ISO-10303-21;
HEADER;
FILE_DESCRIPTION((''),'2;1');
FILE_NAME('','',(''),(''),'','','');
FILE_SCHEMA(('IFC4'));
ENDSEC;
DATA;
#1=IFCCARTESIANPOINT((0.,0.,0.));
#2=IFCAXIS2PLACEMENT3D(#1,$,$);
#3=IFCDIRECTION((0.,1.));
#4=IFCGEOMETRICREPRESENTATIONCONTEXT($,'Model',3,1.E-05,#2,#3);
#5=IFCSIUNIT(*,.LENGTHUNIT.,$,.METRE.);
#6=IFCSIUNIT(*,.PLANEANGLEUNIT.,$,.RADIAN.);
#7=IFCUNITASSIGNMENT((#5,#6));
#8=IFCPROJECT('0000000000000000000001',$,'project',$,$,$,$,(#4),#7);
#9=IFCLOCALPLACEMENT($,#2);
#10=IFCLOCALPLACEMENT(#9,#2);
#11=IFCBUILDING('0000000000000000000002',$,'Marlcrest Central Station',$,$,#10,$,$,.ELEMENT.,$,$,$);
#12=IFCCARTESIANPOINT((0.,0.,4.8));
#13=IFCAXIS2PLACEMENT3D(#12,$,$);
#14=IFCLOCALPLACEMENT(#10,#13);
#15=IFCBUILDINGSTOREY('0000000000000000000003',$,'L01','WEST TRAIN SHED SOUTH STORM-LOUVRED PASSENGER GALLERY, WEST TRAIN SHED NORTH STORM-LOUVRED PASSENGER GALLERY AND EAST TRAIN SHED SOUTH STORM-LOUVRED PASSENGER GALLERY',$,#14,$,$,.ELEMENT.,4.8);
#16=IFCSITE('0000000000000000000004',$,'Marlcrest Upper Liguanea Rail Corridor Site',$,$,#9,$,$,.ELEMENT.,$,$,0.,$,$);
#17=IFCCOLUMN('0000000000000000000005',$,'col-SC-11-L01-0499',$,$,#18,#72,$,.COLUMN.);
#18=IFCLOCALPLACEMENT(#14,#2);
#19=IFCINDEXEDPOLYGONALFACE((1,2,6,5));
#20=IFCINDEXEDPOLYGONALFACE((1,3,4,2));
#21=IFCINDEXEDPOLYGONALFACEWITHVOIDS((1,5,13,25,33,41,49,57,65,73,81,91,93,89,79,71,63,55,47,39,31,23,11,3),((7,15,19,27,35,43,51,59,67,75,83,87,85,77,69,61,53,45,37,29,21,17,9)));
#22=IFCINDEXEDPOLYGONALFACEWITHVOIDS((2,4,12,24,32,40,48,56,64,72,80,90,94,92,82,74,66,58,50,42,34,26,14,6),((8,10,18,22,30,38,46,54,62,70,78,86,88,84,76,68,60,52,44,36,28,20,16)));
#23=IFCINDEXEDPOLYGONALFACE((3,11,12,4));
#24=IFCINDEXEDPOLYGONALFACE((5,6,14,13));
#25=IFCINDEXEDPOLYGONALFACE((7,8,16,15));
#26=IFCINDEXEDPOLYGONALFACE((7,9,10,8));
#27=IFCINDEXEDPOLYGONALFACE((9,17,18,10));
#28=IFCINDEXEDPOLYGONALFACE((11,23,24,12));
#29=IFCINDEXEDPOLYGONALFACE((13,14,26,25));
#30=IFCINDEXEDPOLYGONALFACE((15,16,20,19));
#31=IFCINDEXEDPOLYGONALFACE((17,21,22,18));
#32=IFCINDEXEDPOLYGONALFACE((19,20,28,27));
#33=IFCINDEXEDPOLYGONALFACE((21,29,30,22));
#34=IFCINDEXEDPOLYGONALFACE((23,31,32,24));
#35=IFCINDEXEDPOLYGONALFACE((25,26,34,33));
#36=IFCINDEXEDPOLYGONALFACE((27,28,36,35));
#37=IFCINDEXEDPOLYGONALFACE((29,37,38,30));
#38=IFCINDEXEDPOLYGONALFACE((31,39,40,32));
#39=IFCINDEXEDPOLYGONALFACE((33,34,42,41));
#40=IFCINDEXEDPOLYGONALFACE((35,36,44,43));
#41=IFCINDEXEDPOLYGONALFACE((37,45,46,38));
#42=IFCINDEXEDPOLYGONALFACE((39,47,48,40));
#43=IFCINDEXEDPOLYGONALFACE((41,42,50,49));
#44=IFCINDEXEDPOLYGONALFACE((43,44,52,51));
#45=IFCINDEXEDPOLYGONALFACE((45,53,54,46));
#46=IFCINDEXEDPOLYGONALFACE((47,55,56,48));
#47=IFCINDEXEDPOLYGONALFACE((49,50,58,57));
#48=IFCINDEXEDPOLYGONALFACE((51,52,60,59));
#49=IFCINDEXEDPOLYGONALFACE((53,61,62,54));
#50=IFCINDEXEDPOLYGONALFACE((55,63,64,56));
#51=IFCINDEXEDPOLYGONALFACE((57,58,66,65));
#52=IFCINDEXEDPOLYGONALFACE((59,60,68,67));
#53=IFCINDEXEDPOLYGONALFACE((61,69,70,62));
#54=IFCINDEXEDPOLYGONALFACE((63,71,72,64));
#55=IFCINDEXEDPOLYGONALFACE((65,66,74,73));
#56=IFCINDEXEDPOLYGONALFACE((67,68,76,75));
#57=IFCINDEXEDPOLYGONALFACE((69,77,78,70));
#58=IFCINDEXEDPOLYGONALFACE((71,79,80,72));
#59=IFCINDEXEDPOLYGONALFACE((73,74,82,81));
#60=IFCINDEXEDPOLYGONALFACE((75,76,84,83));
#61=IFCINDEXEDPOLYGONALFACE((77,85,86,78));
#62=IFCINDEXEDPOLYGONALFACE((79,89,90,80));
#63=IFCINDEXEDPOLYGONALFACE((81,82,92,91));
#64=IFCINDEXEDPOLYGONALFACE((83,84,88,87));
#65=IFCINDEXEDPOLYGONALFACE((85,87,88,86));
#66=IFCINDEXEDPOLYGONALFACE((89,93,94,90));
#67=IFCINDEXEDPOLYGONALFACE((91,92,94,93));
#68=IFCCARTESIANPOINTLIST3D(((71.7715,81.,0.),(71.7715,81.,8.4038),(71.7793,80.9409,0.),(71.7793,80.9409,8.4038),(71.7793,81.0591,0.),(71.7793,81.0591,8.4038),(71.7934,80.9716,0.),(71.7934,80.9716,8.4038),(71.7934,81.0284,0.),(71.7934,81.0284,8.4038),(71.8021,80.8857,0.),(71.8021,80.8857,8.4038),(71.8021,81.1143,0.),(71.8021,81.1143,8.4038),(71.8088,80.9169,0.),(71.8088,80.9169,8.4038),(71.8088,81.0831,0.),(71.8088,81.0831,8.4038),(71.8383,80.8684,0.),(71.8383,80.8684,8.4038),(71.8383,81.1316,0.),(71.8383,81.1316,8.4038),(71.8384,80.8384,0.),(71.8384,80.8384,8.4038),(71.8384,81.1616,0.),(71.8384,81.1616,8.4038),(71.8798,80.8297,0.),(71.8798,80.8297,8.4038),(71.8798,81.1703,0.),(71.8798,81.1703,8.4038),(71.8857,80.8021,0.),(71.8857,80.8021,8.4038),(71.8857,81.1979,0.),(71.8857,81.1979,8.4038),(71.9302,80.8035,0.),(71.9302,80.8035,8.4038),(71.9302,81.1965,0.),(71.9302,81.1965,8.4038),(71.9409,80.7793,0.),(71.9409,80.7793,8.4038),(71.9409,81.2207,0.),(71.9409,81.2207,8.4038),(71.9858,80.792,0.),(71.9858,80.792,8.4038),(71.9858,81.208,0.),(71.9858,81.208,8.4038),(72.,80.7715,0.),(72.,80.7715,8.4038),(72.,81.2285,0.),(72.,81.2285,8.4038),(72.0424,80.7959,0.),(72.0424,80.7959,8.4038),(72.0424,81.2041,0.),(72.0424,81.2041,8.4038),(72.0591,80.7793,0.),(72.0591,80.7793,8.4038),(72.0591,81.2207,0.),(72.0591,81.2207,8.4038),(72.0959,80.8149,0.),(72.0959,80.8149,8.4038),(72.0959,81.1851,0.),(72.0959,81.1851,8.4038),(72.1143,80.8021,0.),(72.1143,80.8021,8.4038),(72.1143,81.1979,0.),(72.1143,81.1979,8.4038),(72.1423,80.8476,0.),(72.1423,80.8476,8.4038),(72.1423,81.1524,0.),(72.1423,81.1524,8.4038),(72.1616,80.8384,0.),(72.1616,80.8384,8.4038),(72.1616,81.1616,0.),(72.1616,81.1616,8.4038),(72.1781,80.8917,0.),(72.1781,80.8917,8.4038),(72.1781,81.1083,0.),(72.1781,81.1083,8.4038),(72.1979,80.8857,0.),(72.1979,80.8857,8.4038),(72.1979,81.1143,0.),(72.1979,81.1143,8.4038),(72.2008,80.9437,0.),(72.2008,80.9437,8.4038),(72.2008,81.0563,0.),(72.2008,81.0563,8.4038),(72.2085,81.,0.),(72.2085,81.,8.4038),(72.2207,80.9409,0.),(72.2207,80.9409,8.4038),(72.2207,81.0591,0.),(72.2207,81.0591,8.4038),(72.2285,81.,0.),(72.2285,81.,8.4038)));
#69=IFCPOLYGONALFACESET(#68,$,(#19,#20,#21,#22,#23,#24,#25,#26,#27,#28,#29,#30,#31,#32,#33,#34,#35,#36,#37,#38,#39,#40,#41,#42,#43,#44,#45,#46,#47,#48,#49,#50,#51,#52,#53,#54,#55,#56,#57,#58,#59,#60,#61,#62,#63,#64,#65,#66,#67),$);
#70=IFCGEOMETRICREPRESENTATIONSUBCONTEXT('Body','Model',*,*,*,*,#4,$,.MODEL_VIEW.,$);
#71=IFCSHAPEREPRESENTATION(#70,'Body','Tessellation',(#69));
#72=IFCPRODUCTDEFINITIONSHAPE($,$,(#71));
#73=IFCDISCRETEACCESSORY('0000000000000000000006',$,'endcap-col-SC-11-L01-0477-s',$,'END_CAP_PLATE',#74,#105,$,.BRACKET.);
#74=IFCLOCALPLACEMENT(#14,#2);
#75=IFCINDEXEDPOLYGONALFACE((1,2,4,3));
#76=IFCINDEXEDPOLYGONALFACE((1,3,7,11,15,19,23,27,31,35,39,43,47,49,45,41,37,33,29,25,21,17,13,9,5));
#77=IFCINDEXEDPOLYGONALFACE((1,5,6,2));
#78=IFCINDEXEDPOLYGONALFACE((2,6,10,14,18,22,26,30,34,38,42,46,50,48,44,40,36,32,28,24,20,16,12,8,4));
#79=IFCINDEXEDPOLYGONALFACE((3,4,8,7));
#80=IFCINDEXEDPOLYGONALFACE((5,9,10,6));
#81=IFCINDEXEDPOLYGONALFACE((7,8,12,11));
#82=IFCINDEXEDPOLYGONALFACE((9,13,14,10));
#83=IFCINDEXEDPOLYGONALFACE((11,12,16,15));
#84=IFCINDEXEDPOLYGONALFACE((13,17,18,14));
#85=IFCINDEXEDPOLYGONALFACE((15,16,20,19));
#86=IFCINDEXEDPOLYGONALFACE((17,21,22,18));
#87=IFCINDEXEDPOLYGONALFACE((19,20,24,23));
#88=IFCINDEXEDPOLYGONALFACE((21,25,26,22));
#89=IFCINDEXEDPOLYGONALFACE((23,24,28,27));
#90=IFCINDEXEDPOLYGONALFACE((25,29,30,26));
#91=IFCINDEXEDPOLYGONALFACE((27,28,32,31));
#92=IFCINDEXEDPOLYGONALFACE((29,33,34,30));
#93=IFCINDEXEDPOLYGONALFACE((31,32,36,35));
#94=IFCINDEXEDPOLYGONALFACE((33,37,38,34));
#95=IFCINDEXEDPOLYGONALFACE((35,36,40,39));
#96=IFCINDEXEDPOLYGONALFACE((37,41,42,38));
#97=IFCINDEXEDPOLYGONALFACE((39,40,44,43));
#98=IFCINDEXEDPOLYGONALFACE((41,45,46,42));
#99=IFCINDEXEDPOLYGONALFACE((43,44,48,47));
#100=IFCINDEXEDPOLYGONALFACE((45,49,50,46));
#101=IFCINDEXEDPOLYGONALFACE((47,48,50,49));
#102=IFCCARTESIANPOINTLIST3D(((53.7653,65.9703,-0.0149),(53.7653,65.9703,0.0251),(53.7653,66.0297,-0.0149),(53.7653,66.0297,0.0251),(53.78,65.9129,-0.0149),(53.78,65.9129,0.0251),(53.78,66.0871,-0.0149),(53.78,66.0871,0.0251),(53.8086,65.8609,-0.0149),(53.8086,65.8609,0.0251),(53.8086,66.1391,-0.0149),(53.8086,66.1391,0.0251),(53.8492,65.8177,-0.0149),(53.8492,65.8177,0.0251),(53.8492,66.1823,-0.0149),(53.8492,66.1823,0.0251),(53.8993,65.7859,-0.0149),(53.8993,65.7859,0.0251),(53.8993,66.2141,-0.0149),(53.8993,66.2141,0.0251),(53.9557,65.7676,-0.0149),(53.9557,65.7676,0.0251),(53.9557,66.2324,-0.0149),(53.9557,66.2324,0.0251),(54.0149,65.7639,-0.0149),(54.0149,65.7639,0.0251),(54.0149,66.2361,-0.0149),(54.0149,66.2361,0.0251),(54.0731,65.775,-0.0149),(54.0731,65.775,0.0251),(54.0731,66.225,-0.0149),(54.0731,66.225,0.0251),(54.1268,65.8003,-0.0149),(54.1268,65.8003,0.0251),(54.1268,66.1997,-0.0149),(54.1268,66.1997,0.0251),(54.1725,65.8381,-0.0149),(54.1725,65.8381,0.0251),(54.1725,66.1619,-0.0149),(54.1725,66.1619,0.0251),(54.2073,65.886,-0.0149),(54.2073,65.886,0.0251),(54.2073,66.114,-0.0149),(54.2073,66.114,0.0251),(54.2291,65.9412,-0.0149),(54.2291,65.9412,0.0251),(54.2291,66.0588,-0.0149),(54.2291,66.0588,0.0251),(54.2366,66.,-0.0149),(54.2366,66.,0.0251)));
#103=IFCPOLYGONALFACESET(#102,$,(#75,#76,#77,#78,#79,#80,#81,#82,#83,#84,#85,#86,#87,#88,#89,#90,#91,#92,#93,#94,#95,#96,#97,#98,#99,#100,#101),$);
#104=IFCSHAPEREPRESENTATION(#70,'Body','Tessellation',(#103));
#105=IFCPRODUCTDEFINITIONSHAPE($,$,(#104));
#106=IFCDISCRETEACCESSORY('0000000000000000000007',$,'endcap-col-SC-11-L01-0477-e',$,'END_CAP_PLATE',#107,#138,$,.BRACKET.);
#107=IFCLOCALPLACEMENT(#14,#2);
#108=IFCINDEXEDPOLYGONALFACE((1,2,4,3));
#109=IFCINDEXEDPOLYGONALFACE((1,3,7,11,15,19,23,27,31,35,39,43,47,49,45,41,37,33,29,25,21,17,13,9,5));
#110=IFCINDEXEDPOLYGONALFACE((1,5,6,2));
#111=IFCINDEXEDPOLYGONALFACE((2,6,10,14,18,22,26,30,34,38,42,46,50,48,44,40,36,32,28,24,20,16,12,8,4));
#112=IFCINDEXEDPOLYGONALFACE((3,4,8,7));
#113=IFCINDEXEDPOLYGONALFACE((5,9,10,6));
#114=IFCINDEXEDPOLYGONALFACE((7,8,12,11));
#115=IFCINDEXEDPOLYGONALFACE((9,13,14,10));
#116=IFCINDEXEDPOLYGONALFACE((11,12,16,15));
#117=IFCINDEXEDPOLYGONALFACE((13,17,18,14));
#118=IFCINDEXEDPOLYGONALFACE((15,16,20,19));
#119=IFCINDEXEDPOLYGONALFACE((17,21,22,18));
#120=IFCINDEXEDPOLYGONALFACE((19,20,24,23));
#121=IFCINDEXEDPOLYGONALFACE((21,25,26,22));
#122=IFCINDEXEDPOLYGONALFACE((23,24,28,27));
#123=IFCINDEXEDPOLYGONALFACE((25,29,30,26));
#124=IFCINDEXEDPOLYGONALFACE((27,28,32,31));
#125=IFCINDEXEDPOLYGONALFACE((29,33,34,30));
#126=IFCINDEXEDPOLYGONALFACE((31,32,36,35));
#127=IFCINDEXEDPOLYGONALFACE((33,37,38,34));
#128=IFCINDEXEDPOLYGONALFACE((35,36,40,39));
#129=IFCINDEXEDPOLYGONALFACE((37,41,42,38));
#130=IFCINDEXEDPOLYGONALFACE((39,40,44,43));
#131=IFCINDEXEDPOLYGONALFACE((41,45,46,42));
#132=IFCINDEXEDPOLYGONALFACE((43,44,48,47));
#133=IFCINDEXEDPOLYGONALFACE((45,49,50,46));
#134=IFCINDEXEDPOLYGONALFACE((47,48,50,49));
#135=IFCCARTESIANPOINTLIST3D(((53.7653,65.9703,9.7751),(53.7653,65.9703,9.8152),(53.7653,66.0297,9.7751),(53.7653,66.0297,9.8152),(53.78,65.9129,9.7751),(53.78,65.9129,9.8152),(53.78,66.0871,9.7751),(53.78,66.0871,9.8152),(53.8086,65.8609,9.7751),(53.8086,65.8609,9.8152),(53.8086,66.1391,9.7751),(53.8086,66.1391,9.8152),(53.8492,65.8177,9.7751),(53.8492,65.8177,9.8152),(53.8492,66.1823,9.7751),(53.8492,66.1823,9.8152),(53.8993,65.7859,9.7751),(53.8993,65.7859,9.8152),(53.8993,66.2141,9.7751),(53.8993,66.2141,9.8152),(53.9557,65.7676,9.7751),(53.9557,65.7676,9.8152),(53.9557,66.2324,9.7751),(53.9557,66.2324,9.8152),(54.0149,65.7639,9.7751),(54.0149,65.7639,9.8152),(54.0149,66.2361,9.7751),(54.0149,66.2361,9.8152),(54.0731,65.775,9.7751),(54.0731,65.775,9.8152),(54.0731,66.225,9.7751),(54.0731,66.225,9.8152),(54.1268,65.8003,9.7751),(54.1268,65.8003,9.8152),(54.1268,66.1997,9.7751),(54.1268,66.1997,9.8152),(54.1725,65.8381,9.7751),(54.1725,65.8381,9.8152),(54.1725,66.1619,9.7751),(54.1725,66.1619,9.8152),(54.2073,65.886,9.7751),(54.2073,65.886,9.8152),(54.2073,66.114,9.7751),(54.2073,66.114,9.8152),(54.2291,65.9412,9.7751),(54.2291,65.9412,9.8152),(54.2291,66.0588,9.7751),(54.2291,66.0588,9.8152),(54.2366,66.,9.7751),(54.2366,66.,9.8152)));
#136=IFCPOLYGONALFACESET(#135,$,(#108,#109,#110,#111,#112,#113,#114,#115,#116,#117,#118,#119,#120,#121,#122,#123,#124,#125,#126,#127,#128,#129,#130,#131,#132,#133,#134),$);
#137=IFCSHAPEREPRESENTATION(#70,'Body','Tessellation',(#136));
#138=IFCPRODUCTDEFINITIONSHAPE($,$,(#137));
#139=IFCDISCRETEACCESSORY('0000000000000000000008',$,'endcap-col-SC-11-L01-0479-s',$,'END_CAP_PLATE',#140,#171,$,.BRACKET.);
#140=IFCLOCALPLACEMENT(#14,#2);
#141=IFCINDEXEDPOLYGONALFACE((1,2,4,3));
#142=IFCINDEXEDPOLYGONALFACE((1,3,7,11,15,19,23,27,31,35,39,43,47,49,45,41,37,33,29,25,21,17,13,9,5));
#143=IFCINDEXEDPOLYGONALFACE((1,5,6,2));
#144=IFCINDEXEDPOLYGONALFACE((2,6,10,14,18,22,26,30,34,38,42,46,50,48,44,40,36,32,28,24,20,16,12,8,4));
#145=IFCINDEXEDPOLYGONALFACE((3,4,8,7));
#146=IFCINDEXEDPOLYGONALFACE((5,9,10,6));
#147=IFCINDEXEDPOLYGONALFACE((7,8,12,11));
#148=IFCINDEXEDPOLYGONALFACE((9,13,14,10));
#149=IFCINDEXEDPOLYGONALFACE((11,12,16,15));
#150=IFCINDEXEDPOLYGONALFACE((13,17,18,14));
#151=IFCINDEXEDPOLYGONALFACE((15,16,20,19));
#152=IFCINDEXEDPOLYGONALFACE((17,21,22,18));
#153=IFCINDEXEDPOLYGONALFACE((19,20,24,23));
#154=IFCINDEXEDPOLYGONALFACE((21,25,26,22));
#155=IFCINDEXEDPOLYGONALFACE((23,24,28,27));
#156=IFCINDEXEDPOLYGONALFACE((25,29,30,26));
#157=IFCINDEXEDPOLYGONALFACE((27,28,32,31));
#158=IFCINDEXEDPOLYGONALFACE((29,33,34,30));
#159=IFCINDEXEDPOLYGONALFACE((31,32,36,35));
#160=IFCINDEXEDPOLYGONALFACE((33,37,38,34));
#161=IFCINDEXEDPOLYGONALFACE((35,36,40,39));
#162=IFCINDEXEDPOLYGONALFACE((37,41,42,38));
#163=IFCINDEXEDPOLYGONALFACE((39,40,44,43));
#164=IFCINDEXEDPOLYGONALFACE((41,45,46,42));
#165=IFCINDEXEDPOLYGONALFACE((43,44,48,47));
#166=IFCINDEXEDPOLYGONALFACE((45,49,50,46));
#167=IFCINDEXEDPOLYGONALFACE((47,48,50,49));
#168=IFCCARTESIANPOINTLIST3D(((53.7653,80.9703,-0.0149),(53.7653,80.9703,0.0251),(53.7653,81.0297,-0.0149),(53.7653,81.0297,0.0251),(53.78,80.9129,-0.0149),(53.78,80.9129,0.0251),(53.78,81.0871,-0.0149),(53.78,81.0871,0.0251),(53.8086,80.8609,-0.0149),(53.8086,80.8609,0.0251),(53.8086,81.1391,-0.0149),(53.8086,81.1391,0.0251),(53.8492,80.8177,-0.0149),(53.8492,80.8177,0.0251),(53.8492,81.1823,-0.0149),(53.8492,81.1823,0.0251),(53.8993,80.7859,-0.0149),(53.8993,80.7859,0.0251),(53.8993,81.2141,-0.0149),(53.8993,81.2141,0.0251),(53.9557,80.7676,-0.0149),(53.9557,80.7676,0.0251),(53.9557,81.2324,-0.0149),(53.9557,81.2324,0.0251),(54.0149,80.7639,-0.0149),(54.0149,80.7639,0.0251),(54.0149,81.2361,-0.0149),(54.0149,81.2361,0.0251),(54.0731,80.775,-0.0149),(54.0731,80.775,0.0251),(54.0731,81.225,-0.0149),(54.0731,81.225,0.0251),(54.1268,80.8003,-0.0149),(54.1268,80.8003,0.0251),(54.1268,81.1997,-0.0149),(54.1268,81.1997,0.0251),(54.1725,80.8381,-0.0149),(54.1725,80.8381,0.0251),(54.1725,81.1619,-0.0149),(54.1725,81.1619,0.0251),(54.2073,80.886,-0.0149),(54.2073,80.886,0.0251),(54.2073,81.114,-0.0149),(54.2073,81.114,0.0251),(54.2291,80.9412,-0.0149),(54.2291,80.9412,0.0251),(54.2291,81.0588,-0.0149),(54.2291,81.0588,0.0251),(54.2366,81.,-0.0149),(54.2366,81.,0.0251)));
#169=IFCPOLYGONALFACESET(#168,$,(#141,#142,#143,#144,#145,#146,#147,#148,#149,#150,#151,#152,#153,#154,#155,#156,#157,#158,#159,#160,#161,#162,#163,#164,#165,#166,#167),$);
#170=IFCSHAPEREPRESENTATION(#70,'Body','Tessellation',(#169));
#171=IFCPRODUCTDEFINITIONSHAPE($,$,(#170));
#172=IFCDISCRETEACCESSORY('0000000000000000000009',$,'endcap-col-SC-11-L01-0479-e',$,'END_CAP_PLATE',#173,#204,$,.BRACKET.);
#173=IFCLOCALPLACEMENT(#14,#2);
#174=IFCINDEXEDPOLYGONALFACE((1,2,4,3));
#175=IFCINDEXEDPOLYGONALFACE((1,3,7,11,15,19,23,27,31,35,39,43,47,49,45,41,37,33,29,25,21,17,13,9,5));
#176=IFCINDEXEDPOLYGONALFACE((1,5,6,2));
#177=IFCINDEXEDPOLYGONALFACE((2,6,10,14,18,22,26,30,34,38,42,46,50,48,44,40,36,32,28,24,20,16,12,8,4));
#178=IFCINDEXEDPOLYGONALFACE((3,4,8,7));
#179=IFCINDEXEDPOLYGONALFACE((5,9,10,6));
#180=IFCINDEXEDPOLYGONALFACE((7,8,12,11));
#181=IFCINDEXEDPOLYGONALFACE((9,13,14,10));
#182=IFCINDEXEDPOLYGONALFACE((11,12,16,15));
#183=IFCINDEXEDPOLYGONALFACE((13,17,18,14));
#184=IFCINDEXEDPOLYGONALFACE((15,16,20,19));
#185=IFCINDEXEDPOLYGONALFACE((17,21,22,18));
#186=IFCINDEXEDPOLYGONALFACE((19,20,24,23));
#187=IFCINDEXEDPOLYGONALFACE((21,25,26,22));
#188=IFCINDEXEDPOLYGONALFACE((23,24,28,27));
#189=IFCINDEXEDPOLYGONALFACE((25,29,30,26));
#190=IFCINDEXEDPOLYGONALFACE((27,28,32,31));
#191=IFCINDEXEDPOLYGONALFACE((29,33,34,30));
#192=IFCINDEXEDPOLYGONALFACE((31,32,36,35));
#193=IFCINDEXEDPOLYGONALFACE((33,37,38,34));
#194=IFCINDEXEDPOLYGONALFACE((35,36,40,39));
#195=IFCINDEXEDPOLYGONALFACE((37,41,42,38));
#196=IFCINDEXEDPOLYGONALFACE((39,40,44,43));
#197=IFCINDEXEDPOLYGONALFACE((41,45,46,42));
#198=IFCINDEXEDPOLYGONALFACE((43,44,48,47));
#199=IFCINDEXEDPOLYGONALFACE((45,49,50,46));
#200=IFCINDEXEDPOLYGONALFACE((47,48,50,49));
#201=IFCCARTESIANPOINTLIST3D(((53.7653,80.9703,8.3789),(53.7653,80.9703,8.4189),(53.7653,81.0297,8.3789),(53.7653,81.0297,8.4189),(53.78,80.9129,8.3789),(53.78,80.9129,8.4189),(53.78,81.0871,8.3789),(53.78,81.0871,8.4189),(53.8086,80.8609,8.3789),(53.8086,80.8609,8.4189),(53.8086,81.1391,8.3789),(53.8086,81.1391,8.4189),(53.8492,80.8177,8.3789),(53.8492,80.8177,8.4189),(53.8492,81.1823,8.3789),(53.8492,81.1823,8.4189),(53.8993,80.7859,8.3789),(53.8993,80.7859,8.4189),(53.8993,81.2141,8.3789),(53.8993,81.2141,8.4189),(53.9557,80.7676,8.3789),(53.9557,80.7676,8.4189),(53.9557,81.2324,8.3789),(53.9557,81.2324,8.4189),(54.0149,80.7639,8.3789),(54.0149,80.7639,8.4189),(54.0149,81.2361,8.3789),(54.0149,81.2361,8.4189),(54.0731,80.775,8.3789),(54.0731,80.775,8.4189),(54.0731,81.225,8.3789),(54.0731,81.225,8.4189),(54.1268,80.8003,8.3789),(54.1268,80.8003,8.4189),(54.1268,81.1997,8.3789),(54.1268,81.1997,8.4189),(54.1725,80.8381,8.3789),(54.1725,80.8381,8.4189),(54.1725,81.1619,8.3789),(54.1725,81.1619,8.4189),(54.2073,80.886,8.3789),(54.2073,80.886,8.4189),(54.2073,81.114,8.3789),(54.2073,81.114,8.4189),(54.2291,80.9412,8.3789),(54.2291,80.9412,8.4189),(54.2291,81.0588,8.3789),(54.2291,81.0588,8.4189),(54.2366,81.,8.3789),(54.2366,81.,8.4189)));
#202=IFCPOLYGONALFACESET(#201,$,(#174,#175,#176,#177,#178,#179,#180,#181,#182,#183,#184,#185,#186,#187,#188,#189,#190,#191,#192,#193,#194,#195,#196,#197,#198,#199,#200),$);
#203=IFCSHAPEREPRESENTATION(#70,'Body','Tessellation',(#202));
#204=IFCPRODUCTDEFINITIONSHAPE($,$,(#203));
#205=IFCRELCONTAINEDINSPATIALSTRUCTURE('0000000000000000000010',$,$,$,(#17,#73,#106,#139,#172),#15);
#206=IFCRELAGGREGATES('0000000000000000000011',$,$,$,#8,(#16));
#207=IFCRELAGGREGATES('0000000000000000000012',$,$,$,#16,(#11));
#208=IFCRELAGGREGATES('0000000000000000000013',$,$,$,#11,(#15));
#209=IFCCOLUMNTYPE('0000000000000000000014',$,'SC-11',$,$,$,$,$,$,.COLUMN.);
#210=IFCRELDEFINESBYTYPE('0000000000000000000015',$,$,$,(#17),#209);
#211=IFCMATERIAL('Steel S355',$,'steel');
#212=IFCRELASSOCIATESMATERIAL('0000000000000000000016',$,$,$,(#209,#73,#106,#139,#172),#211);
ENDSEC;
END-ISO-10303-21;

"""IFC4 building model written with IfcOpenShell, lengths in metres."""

from ifc_helpers import new_model, si_unit, direction, frame, origin, origin_2d, place, context, subcontext, project, spatial, circle, hollow_circle, extrude, material, material_profile, profile_set, type_object, element, save


model = new_model("IFC4")

# Units and contexts
model_context = context("Model", 3, precision=1e-05, world=origin(), true_north=direction((0.0, 1.0)))
body_context = subcontext(model_context, "Body", "Model", "MODEL_VIEW")
ifc_project = project(units=[si_unit("LENGTHUNIT", "METRE"), si_unit("PLANEANGLEUNIT", "RADIAN")], contexts=[model_context])

# Site, building, storey
site_placement = place(None, origin())
site = spatial("IfcSite", under=ifc_project, at=site_placement, Name="Marlcrest Upper Liguanea Rail Corridor Site", CompositionType="ELEMENT", RefElevation=0.0)
building_placement = place(site_placement, origin())
building = spatial("IfcBuilding", under=site, at=building_placement, Name="Marlcrest Central Station", CompositionType="ELEMENT")
storey_placement = place(building_placement, frame((0.0, 0.0, 4.8)))
storey = spatial("IfcBuildingStorey", under=building, at=storey_placement, Name="L01", Description="WEST TRAIN SHED SOUTH STORM-LOUVRED PASSENGER GALLERY, WEST TRAIN SHED NORTH STORM-LOUVRED PASSENGER GALLERY AND EAST TRAIN SHED SOUTH STORM-LOUVRED PASSENGER GALLERY", CompositionType="ELEMENT", Elevation=4.8)

# Column
ifc_material = material(Name="Steel S355", Category="steel")
ifc_material_profile = material_profile(ifc_material, hollow_circle(Radius=0.2285, WallThickness=0.02, at=origin_2d()), Name="CHS 457x20")
ifc_profile_set = profile_set([ifc_material_profile], Name="Steel S355")
column_type = type_object("IfcColumnType", Name="SC-11", PredefinedType="COLUMN", material=ifc_profile_set)
column_1_placement = place(storey_placement, frame((72.0, 81.0, 0.0), z_axis=(0.0, 0.0, 1.0), x_axis=(1.0, 0.0, 0.0)))
element("IfcColumn", 1, at=column_1_placement, inside=storey, type_object=column_type, Name="col-SC-11-L01-0499", PredefinedType="COLUMN", context=body_context, shape_type="SweptSolid", body=[
    extrude(hollow_circle(Radius=0.2285, WallThickness=0.02, at=origin_2d()), origin(), (0.0, 0.0, 1.0), 8.4038),
])

# Discrete accessories
for number, where, z_axis, x_axis, name in (
    (2, (54.0, 66.0, -0.0149), (0.0, 0.0, 1.0), (1.0, 0.0, 0.0), "endcap-col-SC-11-L01-0477-s"),
    (3, (54.0, 66.0, 9.7751), (0.0, 0.0, 1.0), (1.0, 0.0, 0.0), "endcap-col-SC-11-L01-0477-e"),
    (4, (54.0, 81.0, -0.0149), (0.0, 0.0, 1.0), (1.0, 0.0, 0.0), "endcap-col-SC-11-L01-0479-s"),
    (5, (54.0, 81.0, 8.3789), (0.0, 0.0, 1.0), (1.0, 0.0, 0.0), "endcap-col-SC-11-L01-0479-e"),
):
    element("IfcDiscreteAccessory", number, at=place(storey_placement, frame(where, z_axis=z_axis, x_axis=x_axis)), inside=storey, material=ifc_material, Name=name, ObjectType="END_CAP_PLATE", PredefinedType="BRACKET", context=body_context, shape_type="SweptSolid", body=[
        extrude(circle(Radius=0.2366, at=origin_2d()), origin(), (0.0, 0.0, 1.0), 0.04),
    ])

save(model, "model.ifc")
